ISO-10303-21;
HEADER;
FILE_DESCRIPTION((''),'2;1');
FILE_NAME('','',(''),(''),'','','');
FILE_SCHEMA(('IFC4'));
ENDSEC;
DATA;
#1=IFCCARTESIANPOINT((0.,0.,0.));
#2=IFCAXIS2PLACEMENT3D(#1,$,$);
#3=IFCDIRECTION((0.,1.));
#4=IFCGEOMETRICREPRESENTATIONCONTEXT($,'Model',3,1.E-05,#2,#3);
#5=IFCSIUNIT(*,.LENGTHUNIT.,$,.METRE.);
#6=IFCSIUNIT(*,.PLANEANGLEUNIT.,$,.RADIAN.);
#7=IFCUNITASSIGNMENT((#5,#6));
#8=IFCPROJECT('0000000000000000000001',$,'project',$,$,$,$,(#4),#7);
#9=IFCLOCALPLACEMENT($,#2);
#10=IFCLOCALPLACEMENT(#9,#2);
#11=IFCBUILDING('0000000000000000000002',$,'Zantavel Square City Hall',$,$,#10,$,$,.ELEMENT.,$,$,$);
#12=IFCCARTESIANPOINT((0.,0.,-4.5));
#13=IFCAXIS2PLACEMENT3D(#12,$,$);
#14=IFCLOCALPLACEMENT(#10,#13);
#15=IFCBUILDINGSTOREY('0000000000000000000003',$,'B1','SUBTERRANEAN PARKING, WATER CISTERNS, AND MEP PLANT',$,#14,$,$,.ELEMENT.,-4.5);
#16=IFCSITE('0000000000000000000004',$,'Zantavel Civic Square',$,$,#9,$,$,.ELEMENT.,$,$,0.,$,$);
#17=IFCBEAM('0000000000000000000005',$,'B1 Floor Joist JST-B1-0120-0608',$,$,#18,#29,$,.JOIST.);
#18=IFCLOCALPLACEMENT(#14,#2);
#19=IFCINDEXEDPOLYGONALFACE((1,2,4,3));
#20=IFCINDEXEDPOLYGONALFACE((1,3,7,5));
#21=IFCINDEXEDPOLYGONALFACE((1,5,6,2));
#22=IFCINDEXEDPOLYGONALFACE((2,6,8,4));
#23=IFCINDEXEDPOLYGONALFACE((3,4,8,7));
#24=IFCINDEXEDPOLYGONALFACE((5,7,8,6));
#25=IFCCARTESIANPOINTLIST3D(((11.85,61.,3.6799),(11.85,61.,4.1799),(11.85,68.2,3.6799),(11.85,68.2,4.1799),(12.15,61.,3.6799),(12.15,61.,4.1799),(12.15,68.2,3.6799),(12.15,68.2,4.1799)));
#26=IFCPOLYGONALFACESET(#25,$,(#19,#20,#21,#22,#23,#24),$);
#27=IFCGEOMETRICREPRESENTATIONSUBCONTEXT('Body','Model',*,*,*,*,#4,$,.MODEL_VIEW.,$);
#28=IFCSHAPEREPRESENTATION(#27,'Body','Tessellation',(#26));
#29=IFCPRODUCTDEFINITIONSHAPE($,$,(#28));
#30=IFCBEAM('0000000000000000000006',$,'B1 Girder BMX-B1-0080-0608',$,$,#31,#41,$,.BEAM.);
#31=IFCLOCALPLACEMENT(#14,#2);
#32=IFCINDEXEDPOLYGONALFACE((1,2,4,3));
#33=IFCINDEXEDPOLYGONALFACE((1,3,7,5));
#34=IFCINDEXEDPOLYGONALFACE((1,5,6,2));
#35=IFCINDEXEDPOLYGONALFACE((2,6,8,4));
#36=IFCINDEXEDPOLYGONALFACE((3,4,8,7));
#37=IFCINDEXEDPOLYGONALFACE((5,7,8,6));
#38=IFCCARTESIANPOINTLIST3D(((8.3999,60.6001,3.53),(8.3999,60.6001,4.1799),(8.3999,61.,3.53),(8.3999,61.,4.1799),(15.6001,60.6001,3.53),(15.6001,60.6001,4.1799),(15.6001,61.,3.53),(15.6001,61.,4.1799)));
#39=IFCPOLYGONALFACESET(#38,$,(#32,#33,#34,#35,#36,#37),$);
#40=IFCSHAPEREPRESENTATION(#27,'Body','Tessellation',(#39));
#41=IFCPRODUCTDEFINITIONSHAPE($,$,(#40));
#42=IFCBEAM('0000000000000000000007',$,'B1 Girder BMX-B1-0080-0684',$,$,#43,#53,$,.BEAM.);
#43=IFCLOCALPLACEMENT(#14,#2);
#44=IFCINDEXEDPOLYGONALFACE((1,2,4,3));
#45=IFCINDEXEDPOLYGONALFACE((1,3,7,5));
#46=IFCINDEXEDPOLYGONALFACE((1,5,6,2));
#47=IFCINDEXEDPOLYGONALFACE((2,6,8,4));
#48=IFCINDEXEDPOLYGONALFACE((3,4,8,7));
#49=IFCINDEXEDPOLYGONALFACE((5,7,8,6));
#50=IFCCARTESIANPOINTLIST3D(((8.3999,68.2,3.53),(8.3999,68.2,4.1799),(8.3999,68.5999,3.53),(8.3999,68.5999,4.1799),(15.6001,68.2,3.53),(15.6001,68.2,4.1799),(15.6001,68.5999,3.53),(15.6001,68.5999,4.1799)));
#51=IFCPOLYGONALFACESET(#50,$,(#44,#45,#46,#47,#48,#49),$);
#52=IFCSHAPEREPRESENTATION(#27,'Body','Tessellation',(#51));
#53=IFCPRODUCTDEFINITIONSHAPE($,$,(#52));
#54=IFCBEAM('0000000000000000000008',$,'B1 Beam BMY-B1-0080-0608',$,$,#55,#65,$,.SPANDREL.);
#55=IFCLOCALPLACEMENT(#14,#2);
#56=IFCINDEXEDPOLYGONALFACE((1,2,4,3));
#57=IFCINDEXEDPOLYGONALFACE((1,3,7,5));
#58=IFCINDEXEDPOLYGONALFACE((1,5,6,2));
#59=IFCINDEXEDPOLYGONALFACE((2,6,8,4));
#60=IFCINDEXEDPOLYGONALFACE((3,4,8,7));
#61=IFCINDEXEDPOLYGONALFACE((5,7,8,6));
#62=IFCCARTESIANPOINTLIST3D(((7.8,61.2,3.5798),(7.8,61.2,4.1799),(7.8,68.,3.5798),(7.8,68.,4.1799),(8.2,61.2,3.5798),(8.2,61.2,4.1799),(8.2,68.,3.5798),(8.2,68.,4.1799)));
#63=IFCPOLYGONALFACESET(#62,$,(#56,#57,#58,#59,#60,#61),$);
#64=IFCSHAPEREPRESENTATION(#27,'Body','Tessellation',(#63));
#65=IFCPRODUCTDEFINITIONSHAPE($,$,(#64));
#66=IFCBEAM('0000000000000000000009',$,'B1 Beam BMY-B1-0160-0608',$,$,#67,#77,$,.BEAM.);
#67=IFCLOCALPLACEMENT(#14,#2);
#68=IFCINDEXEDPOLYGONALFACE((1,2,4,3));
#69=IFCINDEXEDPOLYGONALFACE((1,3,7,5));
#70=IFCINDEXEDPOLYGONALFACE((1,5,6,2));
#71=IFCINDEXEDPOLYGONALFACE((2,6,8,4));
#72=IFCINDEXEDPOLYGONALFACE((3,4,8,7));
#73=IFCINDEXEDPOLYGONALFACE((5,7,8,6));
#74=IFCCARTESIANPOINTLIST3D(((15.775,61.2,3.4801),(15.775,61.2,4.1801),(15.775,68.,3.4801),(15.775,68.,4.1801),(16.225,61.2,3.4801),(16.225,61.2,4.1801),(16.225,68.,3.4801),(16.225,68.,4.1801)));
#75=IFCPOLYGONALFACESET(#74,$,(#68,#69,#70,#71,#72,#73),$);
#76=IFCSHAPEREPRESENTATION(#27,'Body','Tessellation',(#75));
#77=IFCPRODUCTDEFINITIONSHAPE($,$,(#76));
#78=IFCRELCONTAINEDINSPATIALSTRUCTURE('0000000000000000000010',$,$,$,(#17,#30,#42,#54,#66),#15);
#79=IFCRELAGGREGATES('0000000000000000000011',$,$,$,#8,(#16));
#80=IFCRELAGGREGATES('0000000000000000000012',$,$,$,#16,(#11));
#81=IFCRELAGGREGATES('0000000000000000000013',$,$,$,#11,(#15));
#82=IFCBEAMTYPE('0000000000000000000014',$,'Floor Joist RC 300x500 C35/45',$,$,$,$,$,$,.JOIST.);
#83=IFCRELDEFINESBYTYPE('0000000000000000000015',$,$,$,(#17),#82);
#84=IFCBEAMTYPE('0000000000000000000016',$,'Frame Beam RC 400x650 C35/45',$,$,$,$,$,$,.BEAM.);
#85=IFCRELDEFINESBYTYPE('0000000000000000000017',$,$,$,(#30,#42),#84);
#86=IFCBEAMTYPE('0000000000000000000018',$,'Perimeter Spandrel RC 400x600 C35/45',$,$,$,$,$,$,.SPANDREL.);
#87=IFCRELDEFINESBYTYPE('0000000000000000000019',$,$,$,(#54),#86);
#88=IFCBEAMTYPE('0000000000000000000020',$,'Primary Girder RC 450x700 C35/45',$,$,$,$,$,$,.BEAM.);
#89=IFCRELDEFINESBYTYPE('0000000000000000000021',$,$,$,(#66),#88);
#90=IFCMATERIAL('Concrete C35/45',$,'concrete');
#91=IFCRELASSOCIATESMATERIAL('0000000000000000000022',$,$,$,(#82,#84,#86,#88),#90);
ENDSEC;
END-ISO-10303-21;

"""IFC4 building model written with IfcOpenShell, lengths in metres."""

from ifc_helpers import new_model, si_unit, direction, frame, origin, origin_2d, place, context, subcontext, project, spatial, rectangle, extrude, material, material_profile, profile_set, type_object, element, save


model = new_model("IFC4")

# Units and contexts
model_context = context("Model", 3, precision=1e-05, world=origin(), true_north=direction((0.0, 1.0)))
body_context = subcontext(model_context, "Body", "Model", "MODEL_VIEW")
ifc_project = project(units=[si_unit("LENGTHUNIT", "METRE"), si_unit("PLANEANGLEUNIT", "RADIAN")], contexts=[model_context])

# Site, building, storey
site_placement = place(None, origin())
site = spatial("IfcSite", under=ifc_project, at=site_placement, Name="Zantavel Civic Square", CompositionType="ELEMENT", RefElevation=0.0)
building_placement = place(site_placement, origin())
building = spatial("IfcBuilding", under=site, at=building_placement, Name="Zantavel Square City Hall", CompositionType="ELEMENT")
storey_placement = place(building_placement, frame((0.0, 0.0, -4.5)))
storey = spatial("IfcBuildingStorey", under=building, at=storey_placement, Name="B1", Description="SUBTERRANEAN PARKING, WATER CISTERNS, AND MEP PLANT", CompositionType="ELEMENT", Elevation=-4.5)

# Shared definitions
ifc_material_1 = material(Name="Concrete C35/45", Category="concrete")

# Beams
ifc_material_profile_1 = material_profile(ifc_material_1, rectangle(XDim=0.3, YDim=0.5, at=origin_2d()), Name="RC 300x500")
ifc_profile_set_1 = profile_set([ifc_material_profile_1], Name="Concrete C35/45")
beam_type_1 = type_object("IfcBeamType", Name="Floor Joist RC 300x500 C35/45", PredefinedType="JOIST", material=ifc_profile_set_1)
beam_1_placement = place(storey_placement, frame((12.0, 61.0, 3.9299), z_axis=(0.0, 1.0, 0.0), x_axis=(-1.0, 0.0, 0.0)))
element("IfcBeam", 1, at=beam_1_placement, inside=storey, type_object=beam_type_1, Name="B1 Floor Joist JST-B1-0120-0608", PredefinedType="JOIST", context=body_context, shape_type="SweptSolid", body=[
    extrude(rectangle(XDim=0.3, YDim=0.5, at=origin_2d()), origin(), (0.0, 0.0, 1.0), 7.2),
])
ifc_material_profile_2 = material_profile(ifc_material_1, rectangle(XDim=0.3999, YDim=0.6499, at=origin_2d()), Name="RC 400x650")
ifc_profile_set_2 = profile_set([ifc_material_profile_2], Name="Concrete C35/45")
beam_type_2 = type_object("IfcBeamType", Name="Frame Beam RC 400x650 C35/45", PredefinedType="BEAM", material=ifc_profile_set_2)
for number, where, z_axis, x_axis, name in (
    (2, (8.3999, 60.8, 3.855), (1.0, 0.0, 0.0), (0.0, 1.0, 0.0), "B1 Girder BMX-B1-0080-0608"),
    (3, (8.3999, 68.3999, 3.855), (1.0, 0.0, 0.0), (0.0, 1.0, 0.0), "B1 Girder BMX-B1-0080-0684"),
):
    element("IfcBeam", number, at=place(storey_placement, frame(where, z_axis=z_axis, x_axis=x_axis)), inside=storey, type_object=beam_type_2, Name=name, PredefinedType="BEAM", context=body_context, shape_type="SweptSolid", body=[
        extrude(rectangle(XDim=0.3999, YDim=0.6499, at=origin_2d()), origin(), (0.0, 0.0, 1.0), 7.2002),
    ])
ifc_material_profile_3 = material_profile(ifc_material_1, rectangle(XDim=0.3999, YDim=0.6001, at=origin_2d()), Name="RC 400x600")
ifc_profile_set_3 = profile_set([ifc_material_profile_3], Name="Concrete C35/45")
beam_type_3 = type_object("IfcBeamType", Name="Perimeter Spandrel RC 400x600 C35/45", PredefinedType="SPANDREL", material=ifc_profile_set_3)
beam_2_placement = place(storey_placement, frame((8.0, 61.2, 3.8799), z_axis=(0.0, 1.0, 0.0), x_axis=(-1.0, 0.0, 0.0)))
element("IfcBeam", 4, at=beam_2_placement, inside=storey, type_object=beam_type_3, Name="B1 Beam BMY-B1-0080-0608", PredefinedType="SPANDREL", context=body_context, shape_type="SweptSolid", body=[
    extrude(rectangle(XDim=0.3999, YDim=0.6001, at=origin_2d()), origin(), (0.0, 0.0, 1.0), 6.8),
])
ifc_material_profile_4 = material_profile(ifc_material_1, rectangle(XDim=0.45, YDim=0.7, at=origin_2d()), Name="RC 450x700")
ifc_profile_set_4 = profile_set([ifc_material_profile_4], Name="Concrete C35/45")
beam_type_4 = type_object("IfcBeamType", Name="Primary Girder RC 450x700 C35/45", PredefinedType="BEAM", material=ifc_profile_set_4)
beam_3_placement = place(storey_placement, frame((16.0, 61.2, 3.8301), z_axis=(0.0, 1.0, 0.0), x_axis=(-1.0, 0.0, 0.0)))
element("IfcBeam", 5, at=beam_3_placement, inside=storey, type_object=beam_type_4, Name="B1 Beam BMY-B1-0160-0608", PredefinedType="BEAM", context=body_context, shape_type="SweptSolid", body=[
    extrude(rectangle(XDim=0.45, YDim=0.7, at=origin_2d()), origin(), (0.0, 0.0, 1.0), 6.8),
])

save(model, "model.ifc")
